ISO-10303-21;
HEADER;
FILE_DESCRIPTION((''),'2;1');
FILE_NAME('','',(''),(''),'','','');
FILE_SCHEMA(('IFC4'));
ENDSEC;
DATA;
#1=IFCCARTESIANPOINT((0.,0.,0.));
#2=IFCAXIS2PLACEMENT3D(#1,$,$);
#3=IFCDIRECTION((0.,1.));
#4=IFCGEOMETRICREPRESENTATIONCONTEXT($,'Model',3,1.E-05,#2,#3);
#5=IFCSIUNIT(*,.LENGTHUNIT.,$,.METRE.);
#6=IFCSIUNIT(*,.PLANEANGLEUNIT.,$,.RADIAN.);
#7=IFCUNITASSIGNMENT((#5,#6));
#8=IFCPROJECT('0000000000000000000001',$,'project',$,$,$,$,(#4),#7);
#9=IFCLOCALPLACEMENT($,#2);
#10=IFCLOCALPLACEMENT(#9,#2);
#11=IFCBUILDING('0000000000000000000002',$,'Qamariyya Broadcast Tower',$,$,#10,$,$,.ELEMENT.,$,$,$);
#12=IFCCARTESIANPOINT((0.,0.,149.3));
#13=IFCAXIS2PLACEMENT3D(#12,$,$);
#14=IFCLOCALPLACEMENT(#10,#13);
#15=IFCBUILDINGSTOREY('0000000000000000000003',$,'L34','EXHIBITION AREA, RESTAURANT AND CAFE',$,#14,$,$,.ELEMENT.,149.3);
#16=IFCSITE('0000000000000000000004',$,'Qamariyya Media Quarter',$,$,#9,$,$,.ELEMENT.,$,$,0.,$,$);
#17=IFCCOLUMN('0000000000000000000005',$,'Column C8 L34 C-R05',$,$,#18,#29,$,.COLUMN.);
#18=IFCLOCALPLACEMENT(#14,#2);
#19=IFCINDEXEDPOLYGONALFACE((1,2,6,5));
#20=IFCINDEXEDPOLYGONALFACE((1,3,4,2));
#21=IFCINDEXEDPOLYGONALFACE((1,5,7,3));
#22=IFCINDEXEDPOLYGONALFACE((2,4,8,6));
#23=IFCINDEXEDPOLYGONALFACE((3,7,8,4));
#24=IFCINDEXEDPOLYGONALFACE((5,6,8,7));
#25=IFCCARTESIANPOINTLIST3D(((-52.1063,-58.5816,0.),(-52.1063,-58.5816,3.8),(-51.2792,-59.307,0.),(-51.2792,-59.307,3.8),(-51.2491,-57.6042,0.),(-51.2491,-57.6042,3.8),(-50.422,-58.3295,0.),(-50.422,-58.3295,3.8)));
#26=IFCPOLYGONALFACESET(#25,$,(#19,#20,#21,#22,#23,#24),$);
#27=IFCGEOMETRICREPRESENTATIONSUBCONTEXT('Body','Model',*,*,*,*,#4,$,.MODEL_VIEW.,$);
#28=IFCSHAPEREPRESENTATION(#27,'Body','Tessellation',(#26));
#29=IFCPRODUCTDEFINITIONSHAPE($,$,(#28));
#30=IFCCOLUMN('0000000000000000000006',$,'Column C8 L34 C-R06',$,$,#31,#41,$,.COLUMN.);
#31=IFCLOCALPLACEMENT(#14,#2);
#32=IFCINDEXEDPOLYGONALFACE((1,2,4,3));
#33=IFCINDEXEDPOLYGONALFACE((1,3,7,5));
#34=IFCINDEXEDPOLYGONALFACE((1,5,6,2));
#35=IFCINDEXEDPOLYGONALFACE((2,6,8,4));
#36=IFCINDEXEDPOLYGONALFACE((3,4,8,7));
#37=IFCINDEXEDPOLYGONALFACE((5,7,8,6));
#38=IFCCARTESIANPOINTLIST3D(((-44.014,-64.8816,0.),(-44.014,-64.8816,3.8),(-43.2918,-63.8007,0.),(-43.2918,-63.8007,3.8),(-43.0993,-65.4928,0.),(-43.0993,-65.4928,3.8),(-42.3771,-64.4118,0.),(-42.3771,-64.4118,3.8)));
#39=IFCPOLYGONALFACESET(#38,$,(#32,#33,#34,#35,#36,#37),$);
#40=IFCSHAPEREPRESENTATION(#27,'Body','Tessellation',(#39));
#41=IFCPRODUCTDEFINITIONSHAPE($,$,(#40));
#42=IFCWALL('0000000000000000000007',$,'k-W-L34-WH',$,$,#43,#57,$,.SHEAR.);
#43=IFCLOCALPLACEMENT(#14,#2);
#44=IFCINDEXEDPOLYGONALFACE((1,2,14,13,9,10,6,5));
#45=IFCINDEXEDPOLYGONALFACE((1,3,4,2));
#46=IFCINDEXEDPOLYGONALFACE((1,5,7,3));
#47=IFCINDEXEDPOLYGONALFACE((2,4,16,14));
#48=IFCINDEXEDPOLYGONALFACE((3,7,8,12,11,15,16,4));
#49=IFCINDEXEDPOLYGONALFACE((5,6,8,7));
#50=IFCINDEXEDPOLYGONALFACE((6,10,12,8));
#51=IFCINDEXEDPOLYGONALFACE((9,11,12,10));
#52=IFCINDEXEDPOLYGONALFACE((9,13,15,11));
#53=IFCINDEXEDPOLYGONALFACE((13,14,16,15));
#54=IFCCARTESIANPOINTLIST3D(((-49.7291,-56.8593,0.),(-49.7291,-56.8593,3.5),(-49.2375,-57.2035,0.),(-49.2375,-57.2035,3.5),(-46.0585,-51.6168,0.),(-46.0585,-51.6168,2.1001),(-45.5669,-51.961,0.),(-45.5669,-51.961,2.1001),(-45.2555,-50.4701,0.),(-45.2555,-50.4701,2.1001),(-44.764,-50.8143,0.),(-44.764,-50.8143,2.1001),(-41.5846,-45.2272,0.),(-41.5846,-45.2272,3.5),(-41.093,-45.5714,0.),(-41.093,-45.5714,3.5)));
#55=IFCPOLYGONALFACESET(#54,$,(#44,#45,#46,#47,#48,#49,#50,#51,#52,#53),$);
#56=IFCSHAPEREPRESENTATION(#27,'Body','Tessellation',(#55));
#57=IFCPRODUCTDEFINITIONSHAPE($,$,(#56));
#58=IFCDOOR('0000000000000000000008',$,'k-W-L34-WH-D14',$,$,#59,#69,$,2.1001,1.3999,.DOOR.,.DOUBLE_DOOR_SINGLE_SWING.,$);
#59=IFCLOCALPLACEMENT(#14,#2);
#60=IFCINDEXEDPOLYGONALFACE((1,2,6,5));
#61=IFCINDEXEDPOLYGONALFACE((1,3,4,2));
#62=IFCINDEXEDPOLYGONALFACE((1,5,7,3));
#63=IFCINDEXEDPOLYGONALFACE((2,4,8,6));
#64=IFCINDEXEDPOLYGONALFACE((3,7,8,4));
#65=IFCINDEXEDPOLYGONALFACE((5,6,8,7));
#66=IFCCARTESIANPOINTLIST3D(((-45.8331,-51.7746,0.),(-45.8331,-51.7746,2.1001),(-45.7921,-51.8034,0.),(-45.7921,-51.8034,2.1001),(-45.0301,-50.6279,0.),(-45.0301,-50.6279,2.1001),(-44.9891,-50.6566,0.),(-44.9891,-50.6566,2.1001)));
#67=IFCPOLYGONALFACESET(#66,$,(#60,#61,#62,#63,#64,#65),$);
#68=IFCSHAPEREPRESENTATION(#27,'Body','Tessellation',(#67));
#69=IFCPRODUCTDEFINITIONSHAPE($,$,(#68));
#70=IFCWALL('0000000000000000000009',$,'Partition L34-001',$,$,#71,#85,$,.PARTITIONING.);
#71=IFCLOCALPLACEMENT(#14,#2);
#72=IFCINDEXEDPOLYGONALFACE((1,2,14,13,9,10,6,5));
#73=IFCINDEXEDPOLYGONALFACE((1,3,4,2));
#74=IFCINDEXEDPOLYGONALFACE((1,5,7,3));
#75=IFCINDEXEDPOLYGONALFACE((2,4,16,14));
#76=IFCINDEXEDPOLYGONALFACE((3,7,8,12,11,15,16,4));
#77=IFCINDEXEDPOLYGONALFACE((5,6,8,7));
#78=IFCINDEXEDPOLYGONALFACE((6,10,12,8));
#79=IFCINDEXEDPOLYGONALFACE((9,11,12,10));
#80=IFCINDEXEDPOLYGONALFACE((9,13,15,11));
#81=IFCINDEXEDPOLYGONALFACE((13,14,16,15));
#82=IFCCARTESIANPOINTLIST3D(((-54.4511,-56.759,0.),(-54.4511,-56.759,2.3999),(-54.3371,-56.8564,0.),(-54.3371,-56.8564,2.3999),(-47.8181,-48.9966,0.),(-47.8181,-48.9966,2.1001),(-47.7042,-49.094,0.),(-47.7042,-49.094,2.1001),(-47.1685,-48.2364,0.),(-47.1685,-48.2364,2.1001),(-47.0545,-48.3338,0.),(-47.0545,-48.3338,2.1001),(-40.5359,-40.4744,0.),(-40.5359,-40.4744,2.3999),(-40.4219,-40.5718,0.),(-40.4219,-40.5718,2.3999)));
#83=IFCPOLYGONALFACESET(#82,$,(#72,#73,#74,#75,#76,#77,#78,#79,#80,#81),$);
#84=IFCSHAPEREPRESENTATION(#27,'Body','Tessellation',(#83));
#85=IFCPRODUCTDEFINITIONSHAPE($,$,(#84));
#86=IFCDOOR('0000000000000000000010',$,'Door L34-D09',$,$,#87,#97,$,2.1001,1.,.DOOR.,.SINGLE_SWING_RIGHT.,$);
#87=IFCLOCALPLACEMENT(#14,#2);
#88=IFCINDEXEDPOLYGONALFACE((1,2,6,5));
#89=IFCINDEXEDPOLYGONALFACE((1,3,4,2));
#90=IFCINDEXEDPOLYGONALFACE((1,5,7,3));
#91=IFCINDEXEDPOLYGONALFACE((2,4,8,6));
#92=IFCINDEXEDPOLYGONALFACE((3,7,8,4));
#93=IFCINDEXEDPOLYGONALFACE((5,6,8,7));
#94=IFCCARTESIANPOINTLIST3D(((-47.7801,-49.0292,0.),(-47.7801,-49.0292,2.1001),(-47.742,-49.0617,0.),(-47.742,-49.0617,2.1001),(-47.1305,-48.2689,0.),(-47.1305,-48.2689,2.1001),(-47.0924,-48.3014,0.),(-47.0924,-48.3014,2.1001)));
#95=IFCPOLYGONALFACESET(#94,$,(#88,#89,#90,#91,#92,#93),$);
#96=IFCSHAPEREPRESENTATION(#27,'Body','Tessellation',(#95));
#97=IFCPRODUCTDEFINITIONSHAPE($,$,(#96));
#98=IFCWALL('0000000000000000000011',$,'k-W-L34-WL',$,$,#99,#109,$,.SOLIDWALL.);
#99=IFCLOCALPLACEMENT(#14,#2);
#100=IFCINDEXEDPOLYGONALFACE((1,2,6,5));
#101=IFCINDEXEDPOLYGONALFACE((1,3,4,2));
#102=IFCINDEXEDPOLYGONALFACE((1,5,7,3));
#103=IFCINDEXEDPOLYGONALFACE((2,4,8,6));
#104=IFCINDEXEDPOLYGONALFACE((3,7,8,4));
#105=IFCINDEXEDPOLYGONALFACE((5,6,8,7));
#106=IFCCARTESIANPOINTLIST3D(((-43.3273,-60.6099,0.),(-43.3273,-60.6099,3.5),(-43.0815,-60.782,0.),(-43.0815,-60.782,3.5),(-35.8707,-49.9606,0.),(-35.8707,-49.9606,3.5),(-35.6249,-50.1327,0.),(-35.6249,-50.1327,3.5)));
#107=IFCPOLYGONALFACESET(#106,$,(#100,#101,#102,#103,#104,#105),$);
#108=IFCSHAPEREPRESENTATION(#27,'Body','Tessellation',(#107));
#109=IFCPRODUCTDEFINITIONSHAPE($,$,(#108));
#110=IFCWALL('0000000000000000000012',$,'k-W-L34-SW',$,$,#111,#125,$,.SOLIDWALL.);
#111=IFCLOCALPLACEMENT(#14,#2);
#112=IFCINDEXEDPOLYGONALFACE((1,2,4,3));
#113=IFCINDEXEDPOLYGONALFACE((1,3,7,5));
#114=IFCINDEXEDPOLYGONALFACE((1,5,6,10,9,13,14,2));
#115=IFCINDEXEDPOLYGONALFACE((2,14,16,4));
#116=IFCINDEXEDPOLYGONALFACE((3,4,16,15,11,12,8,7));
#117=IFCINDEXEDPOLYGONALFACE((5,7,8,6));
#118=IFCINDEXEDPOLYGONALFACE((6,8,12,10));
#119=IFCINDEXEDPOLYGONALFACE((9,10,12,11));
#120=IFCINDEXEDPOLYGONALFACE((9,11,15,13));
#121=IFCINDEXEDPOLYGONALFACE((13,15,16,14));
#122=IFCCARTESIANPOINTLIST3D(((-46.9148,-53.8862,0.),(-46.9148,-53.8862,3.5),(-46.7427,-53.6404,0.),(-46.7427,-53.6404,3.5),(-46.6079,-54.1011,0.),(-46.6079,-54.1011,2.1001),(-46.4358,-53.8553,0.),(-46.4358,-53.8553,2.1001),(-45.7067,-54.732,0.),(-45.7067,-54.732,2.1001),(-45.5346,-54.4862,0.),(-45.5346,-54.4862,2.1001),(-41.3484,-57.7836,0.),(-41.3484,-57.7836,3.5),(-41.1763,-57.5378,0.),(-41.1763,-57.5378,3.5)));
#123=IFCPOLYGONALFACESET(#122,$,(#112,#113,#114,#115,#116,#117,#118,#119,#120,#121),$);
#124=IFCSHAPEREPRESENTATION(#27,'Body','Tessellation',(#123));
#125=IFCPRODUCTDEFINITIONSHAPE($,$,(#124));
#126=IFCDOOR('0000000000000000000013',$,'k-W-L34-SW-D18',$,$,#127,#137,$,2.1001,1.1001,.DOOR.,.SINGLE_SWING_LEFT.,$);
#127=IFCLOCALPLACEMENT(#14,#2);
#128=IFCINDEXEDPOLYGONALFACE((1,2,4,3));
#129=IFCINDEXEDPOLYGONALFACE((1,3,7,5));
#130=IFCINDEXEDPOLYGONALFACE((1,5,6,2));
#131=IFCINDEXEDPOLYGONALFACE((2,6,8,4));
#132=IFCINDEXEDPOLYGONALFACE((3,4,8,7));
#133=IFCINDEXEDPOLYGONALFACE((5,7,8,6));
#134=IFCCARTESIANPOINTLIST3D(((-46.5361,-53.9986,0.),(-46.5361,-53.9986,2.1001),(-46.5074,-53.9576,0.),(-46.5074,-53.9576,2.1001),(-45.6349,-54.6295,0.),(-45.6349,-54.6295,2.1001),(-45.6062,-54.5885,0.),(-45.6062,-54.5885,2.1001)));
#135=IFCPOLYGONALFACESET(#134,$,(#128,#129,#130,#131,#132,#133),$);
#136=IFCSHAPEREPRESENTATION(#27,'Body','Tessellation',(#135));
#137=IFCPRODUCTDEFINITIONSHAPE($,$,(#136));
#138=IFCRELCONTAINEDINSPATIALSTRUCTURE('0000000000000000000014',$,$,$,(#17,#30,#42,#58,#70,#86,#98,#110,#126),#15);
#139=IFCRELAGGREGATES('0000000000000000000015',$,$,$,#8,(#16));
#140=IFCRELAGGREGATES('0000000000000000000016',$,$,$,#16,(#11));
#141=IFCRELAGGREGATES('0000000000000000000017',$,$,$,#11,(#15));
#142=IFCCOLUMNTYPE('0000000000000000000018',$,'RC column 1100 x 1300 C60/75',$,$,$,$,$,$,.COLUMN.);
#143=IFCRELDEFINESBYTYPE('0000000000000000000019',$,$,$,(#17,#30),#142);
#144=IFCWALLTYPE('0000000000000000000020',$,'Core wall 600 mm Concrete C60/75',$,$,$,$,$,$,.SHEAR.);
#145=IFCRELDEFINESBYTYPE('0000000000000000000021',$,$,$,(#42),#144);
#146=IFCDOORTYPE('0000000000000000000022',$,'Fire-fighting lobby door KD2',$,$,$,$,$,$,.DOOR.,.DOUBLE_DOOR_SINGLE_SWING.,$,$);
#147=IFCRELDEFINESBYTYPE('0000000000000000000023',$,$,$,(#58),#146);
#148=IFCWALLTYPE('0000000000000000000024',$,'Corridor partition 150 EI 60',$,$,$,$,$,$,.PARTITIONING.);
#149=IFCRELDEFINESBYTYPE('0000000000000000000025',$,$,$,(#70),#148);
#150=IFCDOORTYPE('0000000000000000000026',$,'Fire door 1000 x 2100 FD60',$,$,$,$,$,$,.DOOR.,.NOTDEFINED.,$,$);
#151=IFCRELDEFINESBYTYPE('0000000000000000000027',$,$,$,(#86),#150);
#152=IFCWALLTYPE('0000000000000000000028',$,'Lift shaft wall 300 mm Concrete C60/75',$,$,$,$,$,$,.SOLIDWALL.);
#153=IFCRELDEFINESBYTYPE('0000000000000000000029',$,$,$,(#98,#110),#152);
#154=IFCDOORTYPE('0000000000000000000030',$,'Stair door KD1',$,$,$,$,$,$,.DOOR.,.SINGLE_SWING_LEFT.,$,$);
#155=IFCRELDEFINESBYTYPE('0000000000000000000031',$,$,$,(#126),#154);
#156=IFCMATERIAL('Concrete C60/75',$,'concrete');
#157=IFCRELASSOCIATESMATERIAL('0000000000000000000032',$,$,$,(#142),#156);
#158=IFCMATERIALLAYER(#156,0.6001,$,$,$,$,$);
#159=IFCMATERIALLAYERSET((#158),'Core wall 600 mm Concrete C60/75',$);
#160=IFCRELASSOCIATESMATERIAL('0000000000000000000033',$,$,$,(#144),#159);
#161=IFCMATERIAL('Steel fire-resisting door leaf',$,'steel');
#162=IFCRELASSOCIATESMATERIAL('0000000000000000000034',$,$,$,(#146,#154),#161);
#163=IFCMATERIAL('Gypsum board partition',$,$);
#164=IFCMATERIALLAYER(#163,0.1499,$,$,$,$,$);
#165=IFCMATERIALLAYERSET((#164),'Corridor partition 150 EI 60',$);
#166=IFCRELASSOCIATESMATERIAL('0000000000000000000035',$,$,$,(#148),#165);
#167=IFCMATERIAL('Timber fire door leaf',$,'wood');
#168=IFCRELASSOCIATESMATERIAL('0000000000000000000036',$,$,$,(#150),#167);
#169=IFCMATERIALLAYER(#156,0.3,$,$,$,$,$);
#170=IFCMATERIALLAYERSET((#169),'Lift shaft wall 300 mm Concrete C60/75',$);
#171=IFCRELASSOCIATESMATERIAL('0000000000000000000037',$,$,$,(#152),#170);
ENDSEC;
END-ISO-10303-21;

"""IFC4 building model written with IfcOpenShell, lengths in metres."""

from ifc_helpers import new_model, si_unit, direction, frame, frame_2d, origin, origin_2d, place, context, subcontext, project, spatial, rectangle, extrude, material, layer, layer_set, material_profile, profile_set, type_object, element, fill, save


model = new_model("IFC4")

# Units and contexts
model_context = context("Model", 3, precision=1e-05, world=origin(), true_north=direction((0.0, 1.0)))
body_context = subcontext(model_context, "Body", "Model", "MODEL_VIEW")
ifc_project = project(units=[si_unit("LENGTHUNIT", "METRE"), si_unit("PLANEANGLEUNIT", "RADIAN")], contexts=[model_context])

# Site, building, storey
site_placement = place(None, origin())
site = spatial("IfcSite", under=ifc_project, at=site_placement, Name="Qamariyya Media Quarter", CompositionType="ELEMENT", RefElevation=0.0)
building_placement = place(site_placement, origin())
building = spatial("IfcBuilding", under=site, at=building_placement, Name="Qamariyya Broadcast Tower", CompositionType="ELEMENT")
storey_placement = place(building_placement, frame((0.0, 0.0, 149.3)))
storey = spatial("IfcBuildingStorey", under=building, at=storey_placement, Name="L34", Description="EXHIBITION AREA, RESTAURANT AND CAFE", CompositionType="ELEMENT", Elevation=149.3)

# Columns
ifc_material_1 = material(Name="Concrete C60/75", Category="concrete")
ifc_material_profile_1 = material_profile(ifc_material_1, rectangle(XDim=1.1001, YDim=1.3, at=origin_2d()))
ifc_profile_set_1 = profile_set([ifc_material_profile_1], Name="Concrete C60/75")
column_type = type_object("IfcColumnType", Name="RC column 1100 x 1300 C60/75", PredefinedType="COLUMN", material=ifc_profile_set_1)
for number, where, z_axis, x_axis, name in (
    (1, (-51.2642, -58.4556, 0.0), (0.0, 0.0, 1.0), (0.75184, -0.659346, 0.0), "Column C8 L34 C-R05"),
    (2, (-43.1956, -64.6467, 0.0), (0.0, 0.0, 1.0), (0.83147, -0.55557, 0.0), "Column C8 L34 C-R06"),
):
    element("IfcColumn", number, at=place(storey_placement, frame(where, z_axis=z_axis, x_axis=x_axis)), inside=storey, type_object=column_type, Name=name, PredefinedType="COLUMN", context=body_context, shape_type="SweptSolid", body=[
        extrude(rectangle(XDim=1.1001, YDim=1.3, at=origin_2d()), origin(), (0.0, 0.0, 1.0), 3.8),
    ])

# Walls, openings, doors
ifc_layer_1 = layer(ifc_material_1, 0.6001)
ifc_layer_set_1 = layer_set([ifc_layer_1], Name="Core wall 600 mm Concrete C60/75")
wall_type_1 = type_object("IfcWallType", Name="Core wall 600 mm Concrete C60/75", PredefinedType="SHEAR", material=ifc_layer_set_1)
wall_1_placement = place(storey_placement, frame((-49.4834, -57.0315, 0.0), z_axis=(0.0, 0.0, 1.0), x_axis=(0.57356, 0.819163, 0.0)))
wall_1 = element("IfcWall", 3, at=wall_1_placement, inside=storey, type_object=wall_type_1, Name="k-W-L34-WH", PredefinedType="SHEAR", context=body_context, shape_type="SweptSolid", body=[
    extrude(rectangle(XDim=14.2, YDim=0.6001, at=frame_2d((7.1001, 0.0))), origin(), (0.0, 0.0, 1.0), 3.5),
])
opening_1_placement = place(wall_1_placement, frame((6.3999, 0.0, 0.0)))
opening_1 = element("IfcOpeningElement", 4, at=opening_1_placement, cuts=wall_1, PredefinedType="OPENING", context=body_context, shape_type="SweptSolid", body=[
    extrude(rectangle(XDim=1.3999, YDim=2.1001, at=frame_2d((0.7, 1.05))), frame((0.0, 0.3101, 0.0), z_axis=(0.0, -1.0, 0.0), x_axis=(1.0, 0.0, 0.0)), (0.0, 0.0, 1.0), 0.6201),
])
ifc_material_2 = material(Name="Steel fire-resisting door leaf", Category="steel")
door_type_1 = type_object("IfcDoorType", Name="Fire-fighting lobby door KD2", OperationType="DOUBLE_DOOR_SINGLE_SWING", PredefinedType="DOOR", material=ifc_material_2)
door_1_placement = place(opening_1_placement, origin())
door_1 = element("IfcDoor", 5, at=door_1_placement, inside=storey, type_object=door_type_1, Name="k-W-L34-WH-D14", OperationType="DOUBLE_DOOR_SINGLE_SWING", OverallHeight=2.1001, OverallWidth=1.3999, PredefinedType="DOOR", context=body_context, shape_type="SweptSolid", body=[
    extrude(rectangle(XDim=1.3999, YDim=2.1001, at=frame_2d((0.7, 1.05))), frame((0.0, 0.0249, 0.0), z_axis=(0.0, -1.0, 0.0), x_axis=(1.0, 0.0, 0.0)), (0.0, 0.0, 1.0), 0.05),
])
fill(opening_1, door_1)
ifc_material_3 = material(Name="Gypsum board partition")
ifc_layer_2 = layer(ifc_material_3, 0.1499)
ifc_layer_set_2 = layer_set([ifc_layer_2], Name="Corridor partition 150 EI 60")
wall_type_2 = type_object("IfcWallType", Name="Corridor partition 150 EI 60", PredefinedType="PARTITIONING", material=ifc_layer_set_2)
wall_2_placement = place(storey_placement, frame((-54.394, -56.8076, 0.0), z_axis=(0.0, 0.0, 1.0), x_axis=(0.649633, 0.760248, 0.0)))
wall_2 = element("IfcWall", 6, at=wall_2_placement, inside=storey, type_object=wall_type_2, Name="Partition L34-001", PredefinedType="PARTITIONING", context=body_context, shape_type="SweptSolid", body=[
    extrude(rectangle(XDim=21.4202, YDim=0.1499, at=frame_2d((10.71, 0.0))), origin(), (0.0, 0.0, 1.0), 2.3999),
])
opening_2_placement = place(wall_2_placement, frame((10.2102, 0.0, 0.0)))
opening_2 = element("IfcOpeningElement", 7, at=opening_2_placement, cuts=wall_2, PredefinedType="OPENING", context=body_context, shape_type="SweptSolid", body=[
    extrude(rectangle(XDim=1.0, YDim=2.1001, at=frame_2d((0.5, 1.05))), frame((0.0, 0.085, 0.0), z_axis=(0.0, -1.0, 0.0), x_axis=(1.0, 0.0, 0.0)), (0.0, 0.0, 1.0), 0.1699),
])
ifc_material_4 = material(Name="Timber fire door leaf", Category="wood")
door_type_2 = type_object("IfcDoorType", Name="Fire door 1000 x 2100 FD60", OperationType="NOTDEFINED", PredefinedType="DOOR", material=ifc_material_4)
door_2_placement = place(opening_2_placement, origin())
door_2 = element("IfcDoor", 8, at=door_2_placement, inside=storey, type_object=door_type_2, Name="Door L34-D09", OperationType="SINGLE_SWING_RIGHT", OverallHeight=2.1001, OverallWidth=1.0, PredefinedType="DOOR", context=body_context, shape_type="SweptSolid", body=[
    extrude(rectangle(XDim=1.0, YDim=2.1001, at=frame_2d((0.5, 1.05))), frame((0.0, 0.0249, 0.0), z_axis=(0.0, -1.0, 0.0), x_axis=(1.0, 0.0, 0.0)), (0.0, 0.0, 1.0), 0.05),
])
fill(opening_2, door_2)

# Wall
ifc_layer_3 = layer(ifc_material_1, 0.3)
ifc_layer_set_3 = layer_set([ifc_layer_3], Name="Lift shaft wall 300 mm Concrete C60/75")
wall_type_3 = type_object("IfcWallType", Name="Lift shaft wall 300 mm Concrete C60/75", PredefinedType="SOLIDWALL", material=ifc_layer_set_3)
wall_3_placement = place(storey_placement, frame((-43.2043, -60.6958, 0.0), z_axis=(0.0, 0.0, 1.0), x_axis=(0.573572, 0.819155, 0.0)))
element("IfcWall", 9, at=wall_3_placement, inside=storey, type_object=wall_type_3, Name="k-W-L34-WL", PredefinedType="SOLIDWALL", context=body_context, shape_type="SweptSolid", body=[
    extrude(rectangle(XDim=13.0002, YDim=0.3, at=frame_2d((6.5, 0.0))), origin(), (0.0, 0.0, 1.0), 3.5),
])

# Wall, opening, door
wall_4_placement = place(storey_placement, frame((-41.2625, -57.6606, 0.0), z_axis=(0.0, 0.0, 1.0), x_axis=(-0.819164, 0.573559, 0.0)))
wall_4 = element("IfcWall", 10, at=wall_4_placement, inside=storey, type_object=wall_type_3, Name="k-W-L34-SW", PredefinedType="SOLIDWALL", context=body_context, shape_type="SweptSolid", body=[
    extrude(rectangle(XDim=6.7952, YDim=0.3, at=frame_2d((3.3975, 0.0))), origin(), (0.0, 0.0, 1.0), 3.5),
])
opening_3_placement = place(wall_4_placement, frame((5.3203, 0.0, 0.0)))
opening_3 = element("IfcOpeningElement", 11, at=opening_3_placement, cuts=wall_4, PredefinedType="OPENING", context=body_context, shape_type="SweptSolid", body=[
    extrude(rectangle(XDim=1.1001, YDim=2.1001, at=frame_2d((0.55, 1.05))), frame((0.0, 0.1599, 0.0), z_axis=(0.0, -1.0, 0.0), x_axis=(1.0, 0.0, 0.0)), (0.0, 0.0, 1.0), 0.3201),
])
door_type_3 = type_object("IfcDoorType", Name="Stair door KD1", OperationType="SINGLE_SWING_LEFT", PredefinedType="DOOR", material=ifc_material_2)
door_3_placement = place(opening_3_placement, origin())
door_3 = element("IfcDoor", 12, at=door_3_placement, inside=storey, type_object=door_type_3, Name="k-W-L34-SW-D18", OperationType="SINGLE_SWING_LEFT", OverallHeight=2.1001, OverallWidth=1.1001, PredefinedType="DOOR", context=body_context, shape_type="SweptSolid", body=[
    extrude(rectangle(XDim=1.1001, YDim=2.1001, at=frame_2d((0.55, 1.05))), frame((0.0, 0.0249, 0.0), z_axis=(0.0, -1.0, 0.0), x_axis=(1.0, 0.0, 0.0)), (0.0, 0.0, 1.0), 0.05),
])
fill(opening_3, door_3)

save(model, "model.ifc")
